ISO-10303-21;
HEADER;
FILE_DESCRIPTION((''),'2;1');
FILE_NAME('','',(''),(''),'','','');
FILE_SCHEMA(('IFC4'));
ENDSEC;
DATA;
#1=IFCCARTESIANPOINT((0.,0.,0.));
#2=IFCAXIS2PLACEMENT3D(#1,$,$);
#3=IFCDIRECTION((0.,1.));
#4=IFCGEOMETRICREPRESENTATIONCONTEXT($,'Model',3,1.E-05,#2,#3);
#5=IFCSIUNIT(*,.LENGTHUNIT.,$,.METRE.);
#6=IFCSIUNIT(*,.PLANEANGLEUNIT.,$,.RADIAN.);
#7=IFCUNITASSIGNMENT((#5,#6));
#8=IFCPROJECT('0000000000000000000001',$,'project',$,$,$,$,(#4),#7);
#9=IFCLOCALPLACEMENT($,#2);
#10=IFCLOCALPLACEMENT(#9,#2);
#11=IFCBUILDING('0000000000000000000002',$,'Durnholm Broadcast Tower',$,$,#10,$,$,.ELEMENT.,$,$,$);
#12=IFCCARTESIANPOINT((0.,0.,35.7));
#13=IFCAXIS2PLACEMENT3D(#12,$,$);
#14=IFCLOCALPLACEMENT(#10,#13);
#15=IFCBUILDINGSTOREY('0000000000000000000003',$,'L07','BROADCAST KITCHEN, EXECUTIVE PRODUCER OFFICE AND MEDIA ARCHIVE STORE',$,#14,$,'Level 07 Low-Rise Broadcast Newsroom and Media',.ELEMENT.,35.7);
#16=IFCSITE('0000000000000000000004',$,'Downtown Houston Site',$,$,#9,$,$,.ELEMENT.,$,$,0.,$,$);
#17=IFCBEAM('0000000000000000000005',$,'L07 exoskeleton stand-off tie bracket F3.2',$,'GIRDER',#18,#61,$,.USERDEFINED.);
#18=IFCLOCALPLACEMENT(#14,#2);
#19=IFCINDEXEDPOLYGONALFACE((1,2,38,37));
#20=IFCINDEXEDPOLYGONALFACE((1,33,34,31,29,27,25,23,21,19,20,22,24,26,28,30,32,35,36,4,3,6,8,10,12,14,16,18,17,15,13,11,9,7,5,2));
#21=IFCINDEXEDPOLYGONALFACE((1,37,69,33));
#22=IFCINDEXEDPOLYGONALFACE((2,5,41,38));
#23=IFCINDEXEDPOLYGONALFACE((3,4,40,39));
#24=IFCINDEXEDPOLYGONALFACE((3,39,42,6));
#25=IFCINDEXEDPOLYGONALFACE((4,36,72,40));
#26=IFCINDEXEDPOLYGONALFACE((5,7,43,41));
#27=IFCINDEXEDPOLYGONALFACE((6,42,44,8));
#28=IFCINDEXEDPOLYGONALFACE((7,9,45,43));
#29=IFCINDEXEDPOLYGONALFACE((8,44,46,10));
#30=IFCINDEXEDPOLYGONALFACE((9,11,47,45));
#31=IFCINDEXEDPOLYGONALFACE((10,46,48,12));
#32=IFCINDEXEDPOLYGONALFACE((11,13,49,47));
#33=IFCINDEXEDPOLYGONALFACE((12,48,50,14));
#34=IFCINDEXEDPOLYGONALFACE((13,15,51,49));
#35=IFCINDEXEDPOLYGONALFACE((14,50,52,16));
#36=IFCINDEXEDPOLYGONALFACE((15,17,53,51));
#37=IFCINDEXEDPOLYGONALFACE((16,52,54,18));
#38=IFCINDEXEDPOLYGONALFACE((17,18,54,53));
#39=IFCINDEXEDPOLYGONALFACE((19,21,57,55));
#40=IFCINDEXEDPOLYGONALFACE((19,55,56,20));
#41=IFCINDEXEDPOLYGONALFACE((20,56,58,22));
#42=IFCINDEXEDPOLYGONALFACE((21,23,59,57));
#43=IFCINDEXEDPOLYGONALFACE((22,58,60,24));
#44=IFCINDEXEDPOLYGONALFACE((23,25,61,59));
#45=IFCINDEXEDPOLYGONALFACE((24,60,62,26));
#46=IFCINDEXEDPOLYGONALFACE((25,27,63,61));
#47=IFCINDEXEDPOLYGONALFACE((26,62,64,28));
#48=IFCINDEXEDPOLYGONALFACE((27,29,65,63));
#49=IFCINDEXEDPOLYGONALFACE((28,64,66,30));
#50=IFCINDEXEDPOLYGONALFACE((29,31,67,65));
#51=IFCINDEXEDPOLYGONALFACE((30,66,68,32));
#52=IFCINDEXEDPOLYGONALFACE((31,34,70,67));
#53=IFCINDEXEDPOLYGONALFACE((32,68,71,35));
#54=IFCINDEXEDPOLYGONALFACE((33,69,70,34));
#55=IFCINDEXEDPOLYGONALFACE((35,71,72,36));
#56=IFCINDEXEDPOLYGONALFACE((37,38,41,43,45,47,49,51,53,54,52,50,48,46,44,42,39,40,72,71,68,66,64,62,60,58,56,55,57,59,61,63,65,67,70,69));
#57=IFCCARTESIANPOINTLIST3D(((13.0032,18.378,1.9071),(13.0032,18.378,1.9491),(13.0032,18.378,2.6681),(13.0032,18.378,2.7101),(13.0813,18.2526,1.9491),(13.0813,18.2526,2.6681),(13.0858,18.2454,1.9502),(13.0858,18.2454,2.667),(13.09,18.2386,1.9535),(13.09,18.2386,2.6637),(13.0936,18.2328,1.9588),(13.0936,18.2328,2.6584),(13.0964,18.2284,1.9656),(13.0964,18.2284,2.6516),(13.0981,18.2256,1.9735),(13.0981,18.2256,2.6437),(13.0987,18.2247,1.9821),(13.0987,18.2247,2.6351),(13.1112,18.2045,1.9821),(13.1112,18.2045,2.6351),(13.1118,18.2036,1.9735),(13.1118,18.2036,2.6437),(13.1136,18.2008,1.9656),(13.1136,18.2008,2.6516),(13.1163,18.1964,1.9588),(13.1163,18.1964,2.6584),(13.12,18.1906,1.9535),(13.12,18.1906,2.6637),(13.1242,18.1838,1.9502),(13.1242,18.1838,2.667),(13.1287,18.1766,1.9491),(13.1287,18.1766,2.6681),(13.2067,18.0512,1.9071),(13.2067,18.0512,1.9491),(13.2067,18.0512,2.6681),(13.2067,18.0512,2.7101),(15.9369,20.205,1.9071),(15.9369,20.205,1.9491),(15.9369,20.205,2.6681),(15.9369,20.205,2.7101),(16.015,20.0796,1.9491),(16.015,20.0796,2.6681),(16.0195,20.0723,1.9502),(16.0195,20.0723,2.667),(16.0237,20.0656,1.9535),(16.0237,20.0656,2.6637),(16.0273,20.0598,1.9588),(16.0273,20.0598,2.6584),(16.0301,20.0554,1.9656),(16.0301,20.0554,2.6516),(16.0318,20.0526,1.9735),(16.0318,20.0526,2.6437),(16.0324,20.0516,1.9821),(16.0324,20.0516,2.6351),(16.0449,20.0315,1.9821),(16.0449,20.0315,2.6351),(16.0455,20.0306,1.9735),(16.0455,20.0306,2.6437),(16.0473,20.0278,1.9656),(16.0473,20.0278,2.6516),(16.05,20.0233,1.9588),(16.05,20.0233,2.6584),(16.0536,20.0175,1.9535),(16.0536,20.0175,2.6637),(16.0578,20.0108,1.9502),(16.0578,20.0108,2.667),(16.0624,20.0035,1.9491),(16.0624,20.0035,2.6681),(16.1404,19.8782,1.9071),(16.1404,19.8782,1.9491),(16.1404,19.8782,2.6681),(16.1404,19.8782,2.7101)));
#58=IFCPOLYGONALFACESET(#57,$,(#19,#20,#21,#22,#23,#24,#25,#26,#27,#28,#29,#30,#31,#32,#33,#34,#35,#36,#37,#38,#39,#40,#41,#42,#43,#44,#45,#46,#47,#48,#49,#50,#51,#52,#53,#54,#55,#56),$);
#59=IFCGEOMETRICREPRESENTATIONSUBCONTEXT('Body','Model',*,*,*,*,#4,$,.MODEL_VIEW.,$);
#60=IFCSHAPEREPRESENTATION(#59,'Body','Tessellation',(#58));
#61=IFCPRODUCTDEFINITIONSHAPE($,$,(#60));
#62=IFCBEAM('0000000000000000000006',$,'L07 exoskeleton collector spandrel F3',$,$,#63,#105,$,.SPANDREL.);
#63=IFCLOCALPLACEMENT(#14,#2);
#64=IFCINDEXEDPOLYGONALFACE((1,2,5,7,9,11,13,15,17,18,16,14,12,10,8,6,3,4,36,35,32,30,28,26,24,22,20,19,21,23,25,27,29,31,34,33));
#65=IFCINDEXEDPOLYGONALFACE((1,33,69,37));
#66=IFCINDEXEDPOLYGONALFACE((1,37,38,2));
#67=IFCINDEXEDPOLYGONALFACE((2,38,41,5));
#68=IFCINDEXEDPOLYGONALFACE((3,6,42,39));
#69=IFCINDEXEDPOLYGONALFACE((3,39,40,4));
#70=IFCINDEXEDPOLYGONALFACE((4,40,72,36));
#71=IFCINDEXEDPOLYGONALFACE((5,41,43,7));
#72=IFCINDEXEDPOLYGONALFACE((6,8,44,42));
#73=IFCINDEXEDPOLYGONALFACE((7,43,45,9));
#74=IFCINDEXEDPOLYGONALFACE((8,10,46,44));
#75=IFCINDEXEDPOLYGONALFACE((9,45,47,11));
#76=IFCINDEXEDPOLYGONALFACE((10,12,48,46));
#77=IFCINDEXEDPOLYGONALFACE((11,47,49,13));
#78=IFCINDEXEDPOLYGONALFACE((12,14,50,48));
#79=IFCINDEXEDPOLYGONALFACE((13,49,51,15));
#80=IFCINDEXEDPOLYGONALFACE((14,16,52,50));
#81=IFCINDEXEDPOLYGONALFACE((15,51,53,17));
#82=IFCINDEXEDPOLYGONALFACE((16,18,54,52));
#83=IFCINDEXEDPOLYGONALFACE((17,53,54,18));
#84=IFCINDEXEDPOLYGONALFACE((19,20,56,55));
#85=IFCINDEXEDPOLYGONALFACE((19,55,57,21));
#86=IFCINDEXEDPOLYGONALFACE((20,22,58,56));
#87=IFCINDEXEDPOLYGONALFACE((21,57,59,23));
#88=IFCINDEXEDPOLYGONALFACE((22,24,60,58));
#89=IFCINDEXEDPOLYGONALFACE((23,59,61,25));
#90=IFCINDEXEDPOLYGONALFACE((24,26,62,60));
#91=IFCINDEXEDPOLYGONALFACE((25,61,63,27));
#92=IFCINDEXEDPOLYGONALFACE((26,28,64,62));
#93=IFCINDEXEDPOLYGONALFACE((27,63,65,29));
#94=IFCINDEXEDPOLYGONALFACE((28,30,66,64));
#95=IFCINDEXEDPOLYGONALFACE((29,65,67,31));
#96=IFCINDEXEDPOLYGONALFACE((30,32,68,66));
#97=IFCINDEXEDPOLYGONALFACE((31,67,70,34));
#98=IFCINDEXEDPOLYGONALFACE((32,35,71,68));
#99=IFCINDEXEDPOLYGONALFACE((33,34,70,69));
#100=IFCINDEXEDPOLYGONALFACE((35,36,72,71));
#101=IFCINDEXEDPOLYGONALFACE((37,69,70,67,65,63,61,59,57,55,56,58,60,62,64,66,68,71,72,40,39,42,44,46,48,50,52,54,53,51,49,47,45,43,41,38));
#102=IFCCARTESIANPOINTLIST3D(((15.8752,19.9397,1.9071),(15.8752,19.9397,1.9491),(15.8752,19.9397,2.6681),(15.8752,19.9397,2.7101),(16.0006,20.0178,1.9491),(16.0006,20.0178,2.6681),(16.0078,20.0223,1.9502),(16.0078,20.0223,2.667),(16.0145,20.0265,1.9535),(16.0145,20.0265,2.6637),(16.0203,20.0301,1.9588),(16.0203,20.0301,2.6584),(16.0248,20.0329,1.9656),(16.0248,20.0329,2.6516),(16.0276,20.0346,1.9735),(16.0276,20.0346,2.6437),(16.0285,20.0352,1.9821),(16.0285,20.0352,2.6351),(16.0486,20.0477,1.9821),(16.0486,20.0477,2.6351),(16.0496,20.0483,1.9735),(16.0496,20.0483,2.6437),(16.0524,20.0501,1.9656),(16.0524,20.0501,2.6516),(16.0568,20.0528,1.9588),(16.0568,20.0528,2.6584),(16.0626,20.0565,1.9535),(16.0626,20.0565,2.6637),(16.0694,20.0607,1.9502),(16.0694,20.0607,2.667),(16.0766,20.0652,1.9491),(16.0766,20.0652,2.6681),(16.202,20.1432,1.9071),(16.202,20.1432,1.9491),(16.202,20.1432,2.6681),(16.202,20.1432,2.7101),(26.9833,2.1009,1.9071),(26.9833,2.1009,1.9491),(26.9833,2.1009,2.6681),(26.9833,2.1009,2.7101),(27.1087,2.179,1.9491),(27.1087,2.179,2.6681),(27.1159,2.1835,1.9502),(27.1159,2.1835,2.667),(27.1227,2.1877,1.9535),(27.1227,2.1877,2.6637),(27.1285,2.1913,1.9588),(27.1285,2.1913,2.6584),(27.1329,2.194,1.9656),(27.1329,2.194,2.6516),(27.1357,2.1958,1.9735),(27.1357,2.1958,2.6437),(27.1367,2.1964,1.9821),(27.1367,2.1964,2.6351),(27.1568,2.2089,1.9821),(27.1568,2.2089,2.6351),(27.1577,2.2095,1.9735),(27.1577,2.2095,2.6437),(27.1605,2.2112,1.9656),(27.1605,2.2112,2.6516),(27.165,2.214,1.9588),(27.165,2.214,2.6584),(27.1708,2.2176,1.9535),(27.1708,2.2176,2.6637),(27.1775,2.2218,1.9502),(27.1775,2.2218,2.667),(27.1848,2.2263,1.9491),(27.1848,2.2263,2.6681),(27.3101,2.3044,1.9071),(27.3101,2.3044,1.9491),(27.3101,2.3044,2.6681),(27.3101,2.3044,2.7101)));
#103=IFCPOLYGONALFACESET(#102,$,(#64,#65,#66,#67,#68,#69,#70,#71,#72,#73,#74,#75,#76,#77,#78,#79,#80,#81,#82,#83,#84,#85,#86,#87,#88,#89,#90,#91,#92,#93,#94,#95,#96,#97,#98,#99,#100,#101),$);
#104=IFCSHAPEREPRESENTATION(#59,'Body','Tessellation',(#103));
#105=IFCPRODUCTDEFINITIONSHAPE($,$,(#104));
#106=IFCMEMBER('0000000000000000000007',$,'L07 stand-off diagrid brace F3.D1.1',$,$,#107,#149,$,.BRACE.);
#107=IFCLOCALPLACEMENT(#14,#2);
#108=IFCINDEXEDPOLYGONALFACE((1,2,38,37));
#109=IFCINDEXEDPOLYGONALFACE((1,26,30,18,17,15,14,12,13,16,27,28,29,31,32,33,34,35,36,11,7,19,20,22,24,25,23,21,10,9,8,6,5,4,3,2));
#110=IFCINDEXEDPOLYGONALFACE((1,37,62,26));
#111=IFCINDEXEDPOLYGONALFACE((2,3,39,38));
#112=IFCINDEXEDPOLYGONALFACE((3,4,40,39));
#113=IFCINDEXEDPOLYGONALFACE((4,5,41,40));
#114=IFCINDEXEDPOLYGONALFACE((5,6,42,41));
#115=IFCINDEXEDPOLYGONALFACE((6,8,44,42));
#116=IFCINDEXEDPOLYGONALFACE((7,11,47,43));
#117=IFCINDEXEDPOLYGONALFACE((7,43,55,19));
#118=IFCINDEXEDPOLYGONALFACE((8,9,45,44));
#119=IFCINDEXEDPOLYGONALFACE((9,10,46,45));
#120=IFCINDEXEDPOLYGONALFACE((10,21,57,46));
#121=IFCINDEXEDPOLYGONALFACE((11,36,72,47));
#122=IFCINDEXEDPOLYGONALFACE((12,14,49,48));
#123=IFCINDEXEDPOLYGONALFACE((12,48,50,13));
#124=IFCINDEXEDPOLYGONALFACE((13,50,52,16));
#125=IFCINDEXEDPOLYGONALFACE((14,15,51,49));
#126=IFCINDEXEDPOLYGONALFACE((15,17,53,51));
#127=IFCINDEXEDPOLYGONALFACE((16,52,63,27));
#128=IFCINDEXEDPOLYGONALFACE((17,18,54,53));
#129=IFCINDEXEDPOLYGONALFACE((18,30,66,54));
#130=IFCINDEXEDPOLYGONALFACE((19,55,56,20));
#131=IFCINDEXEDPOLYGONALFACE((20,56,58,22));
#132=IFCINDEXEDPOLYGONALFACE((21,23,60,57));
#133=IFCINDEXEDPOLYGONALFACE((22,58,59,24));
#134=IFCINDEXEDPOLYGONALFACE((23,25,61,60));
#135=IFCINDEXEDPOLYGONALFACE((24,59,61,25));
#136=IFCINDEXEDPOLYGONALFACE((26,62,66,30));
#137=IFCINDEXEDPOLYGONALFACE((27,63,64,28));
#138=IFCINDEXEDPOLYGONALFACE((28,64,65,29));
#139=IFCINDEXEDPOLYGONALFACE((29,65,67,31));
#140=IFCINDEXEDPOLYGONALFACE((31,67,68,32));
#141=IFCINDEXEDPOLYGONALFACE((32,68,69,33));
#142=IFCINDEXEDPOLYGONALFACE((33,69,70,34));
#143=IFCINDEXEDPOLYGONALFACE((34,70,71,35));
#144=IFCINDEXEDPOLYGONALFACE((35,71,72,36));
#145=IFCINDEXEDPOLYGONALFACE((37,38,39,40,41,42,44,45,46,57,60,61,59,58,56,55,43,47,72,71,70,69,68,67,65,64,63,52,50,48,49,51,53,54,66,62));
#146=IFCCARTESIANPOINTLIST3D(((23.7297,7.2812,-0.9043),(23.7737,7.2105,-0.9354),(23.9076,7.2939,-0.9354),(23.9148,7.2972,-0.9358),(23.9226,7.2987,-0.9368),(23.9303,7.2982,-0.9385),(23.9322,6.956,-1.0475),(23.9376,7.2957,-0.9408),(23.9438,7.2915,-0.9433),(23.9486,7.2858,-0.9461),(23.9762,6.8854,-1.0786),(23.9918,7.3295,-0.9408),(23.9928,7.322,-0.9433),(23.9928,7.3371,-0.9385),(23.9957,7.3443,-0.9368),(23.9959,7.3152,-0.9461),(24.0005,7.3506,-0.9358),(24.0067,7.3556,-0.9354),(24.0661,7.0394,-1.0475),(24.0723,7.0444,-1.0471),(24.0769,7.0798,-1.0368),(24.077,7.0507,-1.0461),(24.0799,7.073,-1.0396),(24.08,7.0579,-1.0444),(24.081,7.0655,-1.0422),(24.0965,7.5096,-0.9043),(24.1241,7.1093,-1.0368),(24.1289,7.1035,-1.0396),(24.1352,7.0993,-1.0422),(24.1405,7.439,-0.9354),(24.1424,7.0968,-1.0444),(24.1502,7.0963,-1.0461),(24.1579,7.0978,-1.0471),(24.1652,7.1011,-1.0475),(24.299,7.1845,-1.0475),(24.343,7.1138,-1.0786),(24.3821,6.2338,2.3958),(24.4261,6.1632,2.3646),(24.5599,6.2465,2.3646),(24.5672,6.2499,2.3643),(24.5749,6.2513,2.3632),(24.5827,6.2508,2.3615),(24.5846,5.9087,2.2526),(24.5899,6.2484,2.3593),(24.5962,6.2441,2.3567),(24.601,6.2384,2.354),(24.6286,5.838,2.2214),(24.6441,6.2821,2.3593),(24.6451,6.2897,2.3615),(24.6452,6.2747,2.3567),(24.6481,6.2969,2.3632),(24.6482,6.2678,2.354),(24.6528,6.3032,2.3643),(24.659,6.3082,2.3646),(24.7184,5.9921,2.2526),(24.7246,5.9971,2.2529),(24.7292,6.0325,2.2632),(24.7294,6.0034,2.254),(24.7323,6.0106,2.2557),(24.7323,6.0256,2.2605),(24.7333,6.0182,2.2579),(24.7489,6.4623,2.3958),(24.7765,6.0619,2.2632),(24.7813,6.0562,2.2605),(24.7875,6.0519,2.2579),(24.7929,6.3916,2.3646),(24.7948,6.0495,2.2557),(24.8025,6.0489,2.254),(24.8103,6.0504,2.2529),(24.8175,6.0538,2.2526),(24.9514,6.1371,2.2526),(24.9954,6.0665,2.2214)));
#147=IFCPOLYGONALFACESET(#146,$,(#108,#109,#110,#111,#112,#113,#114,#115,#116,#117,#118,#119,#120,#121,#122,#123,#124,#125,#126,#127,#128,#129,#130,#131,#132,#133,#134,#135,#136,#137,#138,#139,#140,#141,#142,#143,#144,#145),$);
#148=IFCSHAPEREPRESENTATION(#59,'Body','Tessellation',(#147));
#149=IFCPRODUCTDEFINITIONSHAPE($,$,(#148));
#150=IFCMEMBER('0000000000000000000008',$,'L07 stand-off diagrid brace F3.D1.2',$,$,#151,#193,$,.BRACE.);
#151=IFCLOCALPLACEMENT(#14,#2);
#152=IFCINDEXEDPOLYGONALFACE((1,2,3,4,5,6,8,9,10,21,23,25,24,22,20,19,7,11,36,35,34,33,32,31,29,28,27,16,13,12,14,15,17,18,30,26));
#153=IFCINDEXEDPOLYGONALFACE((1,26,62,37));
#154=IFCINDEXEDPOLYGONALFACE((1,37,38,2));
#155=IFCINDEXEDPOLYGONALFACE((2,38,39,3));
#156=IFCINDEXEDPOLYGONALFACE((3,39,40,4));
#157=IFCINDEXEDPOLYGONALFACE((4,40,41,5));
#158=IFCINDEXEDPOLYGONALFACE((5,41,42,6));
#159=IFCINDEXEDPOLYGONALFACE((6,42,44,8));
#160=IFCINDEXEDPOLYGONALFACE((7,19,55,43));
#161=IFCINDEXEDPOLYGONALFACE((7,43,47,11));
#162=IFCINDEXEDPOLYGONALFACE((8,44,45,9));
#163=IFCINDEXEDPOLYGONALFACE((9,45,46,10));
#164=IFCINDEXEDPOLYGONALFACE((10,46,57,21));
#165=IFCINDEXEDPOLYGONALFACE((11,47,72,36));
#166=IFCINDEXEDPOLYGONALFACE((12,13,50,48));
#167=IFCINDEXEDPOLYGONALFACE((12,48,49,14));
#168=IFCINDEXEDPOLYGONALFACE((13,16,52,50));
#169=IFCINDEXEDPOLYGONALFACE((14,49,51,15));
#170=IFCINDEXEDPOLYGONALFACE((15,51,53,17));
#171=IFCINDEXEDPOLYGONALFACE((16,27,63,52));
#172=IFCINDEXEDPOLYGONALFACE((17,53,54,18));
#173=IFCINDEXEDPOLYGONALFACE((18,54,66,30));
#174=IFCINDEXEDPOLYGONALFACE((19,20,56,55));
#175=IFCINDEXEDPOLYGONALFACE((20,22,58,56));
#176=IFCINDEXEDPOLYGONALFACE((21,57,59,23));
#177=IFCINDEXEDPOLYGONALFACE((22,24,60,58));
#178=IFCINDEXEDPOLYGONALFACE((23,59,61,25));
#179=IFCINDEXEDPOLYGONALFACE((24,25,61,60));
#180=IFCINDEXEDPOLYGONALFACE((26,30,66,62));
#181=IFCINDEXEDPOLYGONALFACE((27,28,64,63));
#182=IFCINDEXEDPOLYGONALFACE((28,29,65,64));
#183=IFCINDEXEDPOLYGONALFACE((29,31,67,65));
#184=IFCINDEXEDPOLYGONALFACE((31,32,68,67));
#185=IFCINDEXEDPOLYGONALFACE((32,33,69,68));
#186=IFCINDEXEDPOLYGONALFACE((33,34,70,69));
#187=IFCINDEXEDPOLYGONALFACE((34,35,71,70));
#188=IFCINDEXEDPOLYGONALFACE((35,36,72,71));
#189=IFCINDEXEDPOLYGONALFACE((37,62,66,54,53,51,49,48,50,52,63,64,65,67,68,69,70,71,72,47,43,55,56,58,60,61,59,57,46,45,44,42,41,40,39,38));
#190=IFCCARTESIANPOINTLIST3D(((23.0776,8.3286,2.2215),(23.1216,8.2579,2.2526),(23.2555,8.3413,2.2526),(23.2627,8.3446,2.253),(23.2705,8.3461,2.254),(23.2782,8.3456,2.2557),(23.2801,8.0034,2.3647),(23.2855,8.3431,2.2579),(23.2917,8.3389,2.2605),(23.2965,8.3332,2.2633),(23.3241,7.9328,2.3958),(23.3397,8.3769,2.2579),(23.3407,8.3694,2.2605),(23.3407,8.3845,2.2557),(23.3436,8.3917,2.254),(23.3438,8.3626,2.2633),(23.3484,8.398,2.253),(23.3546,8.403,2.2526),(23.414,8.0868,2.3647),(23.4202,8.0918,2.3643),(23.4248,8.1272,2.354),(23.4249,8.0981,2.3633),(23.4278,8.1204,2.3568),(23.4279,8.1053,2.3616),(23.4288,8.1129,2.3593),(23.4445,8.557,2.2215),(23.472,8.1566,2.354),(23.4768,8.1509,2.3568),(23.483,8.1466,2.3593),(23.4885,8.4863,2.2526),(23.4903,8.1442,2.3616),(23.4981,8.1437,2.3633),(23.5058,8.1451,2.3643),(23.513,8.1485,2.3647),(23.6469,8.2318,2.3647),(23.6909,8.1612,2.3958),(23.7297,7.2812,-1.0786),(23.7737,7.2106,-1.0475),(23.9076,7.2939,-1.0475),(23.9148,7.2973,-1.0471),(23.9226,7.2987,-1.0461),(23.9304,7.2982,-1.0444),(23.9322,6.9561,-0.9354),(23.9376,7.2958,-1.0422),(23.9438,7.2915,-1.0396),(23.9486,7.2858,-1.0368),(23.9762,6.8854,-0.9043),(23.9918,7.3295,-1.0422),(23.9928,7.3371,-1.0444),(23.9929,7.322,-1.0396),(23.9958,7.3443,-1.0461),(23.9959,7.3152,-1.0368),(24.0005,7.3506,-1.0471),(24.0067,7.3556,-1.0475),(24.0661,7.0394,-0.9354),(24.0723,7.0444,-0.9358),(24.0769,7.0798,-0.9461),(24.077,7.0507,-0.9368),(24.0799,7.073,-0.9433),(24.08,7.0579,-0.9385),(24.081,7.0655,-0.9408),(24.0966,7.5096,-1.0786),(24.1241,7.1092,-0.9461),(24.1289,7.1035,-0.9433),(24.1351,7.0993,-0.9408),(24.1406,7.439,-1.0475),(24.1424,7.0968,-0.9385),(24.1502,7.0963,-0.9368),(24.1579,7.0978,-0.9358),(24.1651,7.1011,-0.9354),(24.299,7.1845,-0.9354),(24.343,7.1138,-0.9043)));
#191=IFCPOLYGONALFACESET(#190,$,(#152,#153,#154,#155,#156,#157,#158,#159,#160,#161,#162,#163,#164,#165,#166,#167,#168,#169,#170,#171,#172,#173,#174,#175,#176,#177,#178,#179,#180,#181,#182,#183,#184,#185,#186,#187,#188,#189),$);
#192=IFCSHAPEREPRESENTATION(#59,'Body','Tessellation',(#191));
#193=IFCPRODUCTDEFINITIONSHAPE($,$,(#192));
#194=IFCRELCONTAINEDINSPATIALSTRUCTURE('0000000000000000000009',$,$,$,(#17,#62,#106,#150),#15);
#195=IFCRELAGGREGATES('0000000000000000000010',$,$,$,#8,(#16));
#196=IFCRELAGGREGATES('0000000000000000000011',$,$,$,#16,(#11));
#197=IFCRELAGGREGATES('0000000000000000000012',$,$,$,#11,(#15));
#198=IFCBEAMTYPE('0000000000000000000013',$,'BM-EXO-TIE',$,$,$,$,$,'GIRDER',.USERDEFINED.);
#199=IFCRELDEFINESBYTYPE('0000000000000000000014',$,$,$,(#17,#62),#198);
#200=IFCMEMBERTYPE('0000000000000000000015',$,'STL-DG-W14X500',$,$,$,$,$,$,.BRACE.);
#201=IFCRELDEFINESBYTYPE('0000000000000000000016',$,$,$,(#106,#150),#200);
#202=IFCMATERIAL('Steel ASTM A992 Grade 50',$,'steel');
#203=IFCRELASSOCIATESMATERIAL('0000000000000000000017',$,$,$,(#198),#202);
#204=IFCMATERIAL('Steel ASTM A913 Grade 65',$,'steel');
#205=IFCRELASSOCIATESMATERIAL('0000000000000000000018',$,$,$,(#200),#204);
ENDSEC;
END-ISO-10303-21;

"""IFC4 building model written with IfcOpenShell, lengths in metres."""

from ifc_helpers import new_model, si_unit, direction, frame, origin, origin_2d, place, context, subcontext, project, spatial, i_section, extrude, source, transform, mapped, material, material_profile, profile_set, type_object, type_shapes, element, save


model = new_model("IFC4")

# Units and contexts
model_context = context("Model", 3, precision=1e-05, world=origin(), true_north=direction((0.0, 1.0)))
body_context = subcontext(model_context, "Body", "Model", "MODEL_VIEW")
ifc_project = project(units=[si_unit("LENGTHUNIT", "METRE"), si_unit("PLANEANGLEUNIT", "RADIAN")], contexts=[model_context])

# Site, building, storey
site_placement = place(None, origin())
site = spatial("IfcSite", under=ifc_project, at=site_placement, Name="Downtown Houston Site", CompositionType="ELEMENT", RefElevation=0.0)
building_placement = place(site_placement, origin())
building = spatial("IfcBuilding", under=site, at=building_placement, Name="Durnholm Broadcast Tower", CompositionType="ELEMENT")
storey_placement = place(building_placement, frame((0.0, 0.0, 35.7)))
storey = spatial("IfcBuildingStorey", under=building, at=storey_placement, Name="L07", Description="BROADCAST KITCHEN, EXECUTIVE PRODUCER OFFICE AND MEDIA ARCHIVE STORE", LongName="Level 07 Low-Rise Broadcast Newsroom and Media", CompositionType="ELEMENT", Elevation=35.7)

# Beams
ifc_material_1 = material(Name="Steel ASTM A992 Grade 50", Category="steel")
ifc_material_profile_1 = material_profile(ifc_material_1, i_section(OverallWidth=0.385, OverallDepth=0.803, WebThickness=0.0237, FlangeThickness=0.042, FilletRadius=0.033, at=origin_2d()), Name="W30X261")
ifc_profile_set_1 = profile_set([ifc_material_profile_1], Name="Steel ASTM A992 Grade 50")
beam_type_1 = type_object("IfcBeamType", Name="BM-EXO-TIE", ElementType="GIRDER", PredefinedType="USERDEFINED", material=ifc_profile_set_1)
shared_shape_1 = source(origin(), body_context, "Body", "SweptSolid", [
    extrude(i_section(OverallWidth=0.385, OverallDepth=0.803, WebThickness=0.0237, FlangeThickness=0.042, FilletRadius=0.033, at=origin_2d()), origin(), (0.0, 0.0, 1.0), 3.4561),
])
for number, where, z_axis, x_axis, name in (
    (1, (13.105, 18.2146, 2.3086), (0.848854, 0.528627, 0.0), (-0.528627, 0.848854, 0.0), "L07 exoskeleton stand-off tie bracket F3.2"),
):
    element("IfcBeam", number, at=place(storey_placement, frame(where, z_axis=z_axis, x_axis=x_axis)), inside=storey, type_object=beam_type_1, Name=name, ObjectType="GIRDER", PredefinedType="USERDEFINED", context=body_context, shape_type="MappedRepresentation", body=[
        mapped(shared_shape_1, transform((0.0, 0.0, 0.0), x_axis=(1.0, 0.0, 0.0), y_axis=(0.0, 1.0, 0.0), z_axis=(0.0, 0.0, 1.0), scale=1.0)),
    ])
shared_shape_2 = source(origin(), body_context, "Body", "SweptSolid", [
    extrude(i_section(OverallWidth=0.385, OverallDepth=0.803, WebThickness=0.0237, FlangeThickness=0.042, FilletRadius=0.033, at=origin_2d()), origin(), (0.0, 0.0, 1.0), 21.0146),
])
type_shapes(beam_type_1, [shared_shape_1, shared_shape_2])
beam_1_placement = place(storey_placement, frame((27.1467, 2.2026, 2.3086), z_axis=(-0.528591, 0.848877, 0.0), x_axis=(-0.848877, -0.528591, 0.0)))
element("IfcBeam", 2, at=beam_1_placement, inside=storey, type_object=beam_type_1, Name="L07 exoskeleton collector spandrel F3", PredefinedType="SPANDREL", context=body_context, shape_type="MappedRepresentation", body=[
    mapped(shared_shape_2, transform((0.0, 0.0, 0.0), x_axis=(1.0, 0.0, 0.0), y_axis=(0.0, 1.0, 0.0), z_axis=(0.0, 0.0, 1.0), scale=1.0)),
])

# Members
ifc_material_2 = material(Name="Steel ASTM A913 Grade 65", Category="steel")
ifc_material_profile_2 = material_profile(ifc_material_2, i_section(OverallWidth=0.4321, OverallDepth=0.4978, WebThickness=0.0557, FlangeThickness=0.0889, FilletRadius=0.0305, at=origin_2d()), Name="W14X500")
ifc_profile_set_2 = profile_set([ifc_material_profile_2], Name="Steel ASTM A913 Grade 65")
member_type_1 = type_object("IfcMemberType", Name="STL-DG-W14X500", PredefinedType="BRACE", material=ifc_profile_set_2)
shared_shape_3 = source(origin(), body_context, "Body", "SweptSolid", [
    extrude(i_section(OverallWidth=0.4321, OverallDepth=0.4978, WebThickness=0.0557, FlangeThickness=0.0889, FilletRadius=0.0305, at=origin_2d()), origin(), (0.0, 0.0, 1.0), 3.5232),
])
type_shapes(member_type_1, [shared_shape_3])
for number, where, z_axis, x_axis, name in (
    (3, (24.0364, 7.1975, -0.9915), (0.185157, -0.297277, 0.936666), (0.84882, 0.528682, 0.0), "L07 stand-off diagrid brace F3.D1.1"),
    (4, (24.0364, 7.1975, -0.9915), (-0.18509, 0.297281, 0.936678), (-0.848909, -0.52854, 0.0), "L07 stand-off diagrid brace F3.D1.2"),
):
    element("IfcMember", number, at=place(storey_placement, frame(where, z_axis=z_axis, x_axis=x_axis)), inside=storey, type_object=member_type_1, Name=name, PredefinedType="BRACE", context=body_context, shape_type="MappedRepresentation", body=[
        mapped(shared_shape_3, transform((0.0, 0.0, 0.0), x_axis=(1.0, 0.0, 0.0), y_axis=(0.0, 1.0, 0.0), z_axis=(0.0, 0.0, 1.0), scale=1.0)),
    ])

save(model, "model.ifc")
